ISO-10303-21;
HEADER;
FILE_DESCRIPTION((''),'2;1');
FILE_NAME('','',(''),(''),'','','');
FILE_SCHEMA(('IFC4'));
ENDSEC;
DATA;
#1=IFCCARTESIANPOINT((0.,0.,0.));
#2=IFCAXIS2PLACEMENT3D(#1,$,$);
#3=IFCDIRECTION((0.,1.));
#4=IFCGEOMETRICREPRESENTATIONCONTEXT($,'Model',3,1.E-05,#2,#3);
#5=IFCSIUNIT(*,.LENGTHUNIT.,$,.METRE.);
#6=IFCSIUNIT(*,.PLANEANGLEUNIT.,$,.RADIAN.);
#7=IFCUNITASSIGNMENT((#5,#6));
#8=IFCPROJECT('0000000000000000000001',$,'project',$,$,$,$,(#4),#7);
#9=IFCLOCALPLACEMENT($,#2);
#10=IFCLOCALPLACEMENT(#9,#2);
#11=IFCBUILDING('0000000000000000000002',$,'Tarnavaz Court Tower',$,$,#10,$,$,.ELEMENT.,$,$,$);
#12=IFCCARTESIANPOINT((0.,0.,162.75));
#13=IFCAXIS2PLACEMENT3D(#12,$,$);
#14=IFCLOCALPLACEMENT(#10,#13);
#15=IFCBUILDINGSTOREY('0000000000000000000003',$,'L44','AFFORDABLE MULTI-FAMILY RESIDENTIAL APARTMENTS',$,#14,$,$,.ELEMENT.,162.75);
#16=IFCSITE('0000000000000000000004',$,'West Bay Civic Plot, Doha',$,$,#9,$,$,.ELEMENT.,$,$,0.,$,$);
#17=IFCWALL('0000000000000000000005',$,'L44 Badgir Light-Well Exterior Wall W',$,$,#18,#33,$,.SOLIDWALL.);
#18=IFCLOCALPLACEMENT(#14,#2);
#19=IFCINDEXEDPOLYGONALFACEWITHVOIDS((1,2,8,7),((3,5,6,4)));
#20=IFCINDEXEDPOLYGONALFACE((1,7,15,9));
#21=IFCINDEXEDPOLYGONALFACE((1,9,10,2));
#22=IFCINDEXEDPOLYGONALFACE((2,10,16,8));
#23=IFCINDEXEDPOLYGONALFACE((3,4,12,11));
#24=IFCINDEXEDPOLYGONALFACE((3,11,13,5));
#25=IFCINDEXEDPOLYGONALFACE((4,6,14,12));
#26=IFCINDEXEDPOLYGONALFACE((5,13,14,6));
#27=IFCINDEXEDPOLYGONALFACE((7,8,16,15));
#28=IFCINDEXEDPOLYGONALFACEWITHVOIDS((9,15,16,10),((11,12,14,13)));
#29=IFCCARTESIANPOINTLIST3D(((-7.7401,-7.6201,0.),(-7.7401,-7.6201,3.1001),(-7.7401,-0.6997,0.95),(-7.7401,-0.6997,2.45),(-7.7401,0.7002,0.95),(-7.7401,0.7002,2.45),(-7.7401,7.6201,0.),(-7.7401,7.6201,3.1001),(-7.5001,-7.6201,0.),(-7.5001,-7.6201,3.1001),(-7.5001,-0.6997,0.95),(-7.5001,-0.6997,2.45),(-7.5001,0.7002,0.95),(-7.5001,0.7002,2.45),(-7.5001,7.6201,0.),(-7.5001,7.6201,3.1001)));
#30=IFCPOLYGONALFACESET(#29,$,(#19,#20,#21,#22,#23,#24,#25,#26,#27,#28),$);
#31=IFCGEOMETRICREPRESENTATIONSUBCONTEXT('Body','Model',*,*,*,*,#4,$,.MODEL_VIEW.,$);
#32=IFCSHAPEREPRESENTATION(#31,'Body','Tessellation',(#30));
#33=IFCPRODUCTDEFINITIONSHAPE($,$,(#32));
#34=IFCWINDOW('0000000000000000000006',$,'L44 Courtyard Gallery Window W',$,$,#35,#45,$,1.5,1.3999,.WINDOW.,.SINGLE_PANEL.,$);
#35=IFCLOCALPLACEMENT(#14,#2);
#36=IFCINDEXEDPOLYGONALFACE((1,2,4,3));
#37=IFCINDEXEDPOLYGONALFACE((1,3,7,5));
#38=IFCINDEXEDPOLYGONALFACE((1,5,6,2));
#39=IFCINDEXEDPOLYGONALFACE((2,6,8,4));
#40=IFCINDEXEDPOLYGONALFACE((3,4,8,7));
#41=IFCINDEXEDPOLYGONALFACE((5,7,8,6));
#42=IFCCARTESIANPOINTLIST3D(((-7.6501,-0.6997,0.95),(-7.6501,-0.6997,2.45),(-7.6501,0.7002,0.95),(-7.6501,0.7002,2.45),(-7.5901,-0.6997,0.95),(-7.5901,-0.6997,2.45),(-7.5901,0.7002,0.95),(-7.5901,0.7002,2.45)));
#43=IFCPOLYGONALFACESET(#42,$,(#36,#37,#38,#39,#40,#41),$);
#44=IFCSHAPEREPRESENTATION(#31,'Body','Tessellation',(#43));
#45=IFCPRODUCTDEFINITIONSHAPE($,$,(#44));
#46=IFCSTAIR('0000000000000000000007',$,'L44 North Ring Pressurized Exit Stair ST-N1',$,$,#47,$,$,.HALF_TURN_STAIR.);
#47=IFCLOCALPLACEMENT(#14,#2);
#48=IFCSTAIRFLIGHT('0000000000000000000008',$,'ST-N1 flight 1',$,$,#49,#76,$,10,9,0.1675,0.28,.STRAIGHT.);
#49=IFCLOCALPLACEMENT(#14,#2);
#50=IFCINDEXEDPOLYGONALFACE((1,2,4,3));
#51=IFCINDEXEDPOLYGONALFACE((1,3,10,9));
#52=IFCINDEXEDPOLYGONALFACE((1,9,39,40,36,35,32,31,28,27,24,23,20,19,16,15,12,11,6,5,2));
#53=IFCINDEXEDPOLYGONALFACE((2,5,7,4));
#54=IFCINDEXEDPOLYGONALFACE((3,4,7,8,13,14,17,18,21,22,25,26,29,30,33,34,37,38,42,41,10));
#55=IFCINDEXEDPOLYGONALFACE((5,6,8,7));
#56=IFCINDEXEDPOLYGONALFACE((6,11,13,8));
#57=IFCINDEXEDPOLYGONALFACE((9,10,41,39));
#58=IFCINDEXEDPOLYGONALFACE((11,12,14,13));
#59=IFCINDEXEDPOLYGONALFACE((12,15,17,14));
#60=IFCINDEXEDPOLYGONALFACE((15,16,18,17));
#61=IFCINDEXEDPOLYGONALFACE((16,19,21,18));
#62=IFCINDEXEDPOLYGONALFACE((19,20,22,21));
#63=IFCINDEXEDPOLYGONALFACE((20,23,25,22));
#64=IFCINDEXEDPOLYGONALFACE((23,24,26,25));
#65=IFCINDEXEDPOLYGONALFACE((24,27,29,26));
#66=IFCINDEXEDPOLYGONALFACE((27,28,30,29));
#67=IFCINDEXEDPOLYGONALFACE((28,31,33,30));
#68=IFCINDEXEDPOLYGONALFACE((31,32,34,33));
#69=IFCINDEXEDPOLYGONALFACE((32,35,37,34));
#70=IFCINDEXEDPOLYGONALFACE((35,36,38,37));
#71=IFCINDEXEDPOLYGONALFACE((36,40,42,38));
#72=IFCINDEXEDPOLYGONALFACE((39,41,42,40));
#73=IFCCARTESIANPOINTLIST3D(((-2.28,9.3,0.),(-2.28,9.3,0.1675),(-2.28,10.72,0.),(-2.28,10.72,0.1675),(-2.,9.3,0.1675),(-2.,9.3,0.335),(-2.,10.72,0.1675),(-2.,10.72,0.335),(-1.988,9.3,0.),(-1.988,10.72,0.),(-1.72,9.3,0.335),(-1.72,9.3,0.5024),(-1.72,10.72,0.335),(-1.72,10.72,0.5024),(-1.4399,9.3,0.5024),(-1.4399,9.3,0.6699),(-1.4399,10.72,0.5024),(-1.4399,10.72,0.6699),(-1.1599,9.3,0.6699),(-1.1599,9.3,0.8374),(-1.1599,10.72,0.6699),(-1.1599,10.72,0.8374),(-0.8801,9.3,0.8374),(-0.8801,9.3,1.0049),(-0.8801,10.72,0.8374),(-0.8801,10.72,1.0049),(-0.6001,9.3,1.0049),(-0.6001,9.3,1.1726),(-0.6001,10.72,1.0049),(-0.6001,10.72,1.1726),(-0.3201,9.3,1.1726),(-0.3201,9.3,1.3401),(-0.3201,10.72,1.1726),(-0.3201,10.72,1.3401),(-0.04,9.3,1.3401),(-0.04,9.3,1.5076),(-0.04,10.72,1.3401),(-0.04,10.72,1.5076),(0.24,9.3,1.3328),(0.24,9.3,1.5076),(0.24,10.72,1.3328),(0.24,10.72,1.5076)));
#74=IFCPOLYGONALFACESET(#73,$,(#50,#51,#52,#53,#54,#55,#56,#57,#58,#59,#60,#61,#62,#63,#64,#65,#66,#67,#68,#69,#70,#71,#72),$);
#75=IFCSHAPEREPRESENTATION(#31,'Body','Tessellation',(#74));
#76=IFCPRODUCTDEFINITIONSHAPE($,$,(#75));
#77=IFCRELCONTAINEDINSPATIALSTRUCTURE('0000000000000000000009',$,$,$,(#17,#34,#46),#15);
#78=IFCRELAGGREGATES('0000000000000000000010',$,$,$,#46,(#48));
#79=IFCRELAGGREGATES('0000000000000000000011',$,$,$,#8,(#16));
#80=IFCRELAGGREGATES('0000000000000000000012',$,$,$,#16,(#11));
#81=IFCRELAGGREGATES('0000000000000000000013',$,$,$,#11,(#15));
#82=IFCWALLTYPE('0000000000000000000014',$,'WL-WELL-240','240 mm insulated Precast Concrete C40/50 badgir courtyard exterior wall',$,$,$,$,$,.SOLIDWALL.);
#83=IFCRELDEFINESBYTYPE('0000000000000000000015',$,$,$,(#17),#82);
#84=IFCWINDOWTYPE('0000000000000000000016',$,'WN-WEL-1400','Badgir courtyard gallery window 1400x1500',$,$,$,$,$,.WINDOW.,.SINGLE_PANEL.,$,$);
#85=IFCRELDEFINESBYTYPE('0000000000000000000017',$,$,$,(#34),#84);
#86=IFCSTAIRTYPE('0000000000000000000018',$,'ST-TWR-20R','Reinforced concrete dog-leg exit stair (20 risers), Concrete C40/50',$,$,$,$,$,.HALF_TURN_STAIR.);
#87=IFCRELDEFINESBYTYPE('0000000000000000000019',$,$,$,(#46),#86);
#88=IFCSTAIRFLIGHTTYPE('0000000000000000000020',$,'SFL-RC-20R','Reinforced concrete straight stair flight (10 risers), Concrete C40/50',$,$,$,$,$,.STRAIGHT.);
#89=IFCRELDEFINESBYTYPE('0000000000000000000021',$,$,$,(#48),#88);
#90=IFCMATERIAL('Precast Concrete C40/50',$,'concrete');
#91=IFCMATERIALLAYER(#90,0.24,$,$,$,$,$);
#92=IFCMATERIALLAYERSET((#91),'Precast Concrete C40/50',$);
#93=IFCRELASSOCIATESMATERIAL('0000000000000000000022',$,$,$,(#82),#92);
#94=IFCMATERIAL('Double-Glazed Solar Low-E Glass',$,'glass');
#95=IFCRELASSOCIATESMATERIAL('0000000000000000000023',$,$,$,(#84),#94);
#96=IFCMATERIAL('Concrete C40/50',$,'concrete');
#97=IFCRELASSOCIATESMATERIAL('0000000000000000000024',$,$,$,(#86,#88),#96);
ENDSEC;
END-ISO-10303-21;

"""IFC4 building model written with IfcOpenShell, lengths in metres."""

from ifc_helpers import new_model, si_unit, direction, frame, frame_2d, origin, place, context, subcontext, project, spatial, polyline, rectangle, outline, extrude, material, layer, layer_set, type_object, element, fill, aggregate, save


model = new_model("IFC4")

# Units and contexts
model_context = context("Model", 3, precision=1e-05, world=origin(), true_north=direction((0.0, 1.0)))
body_context = subcontext(model_context, "Body", "Model", "MODEL_VIEW")
ifc_project = project(units=[si_unit("LENGTHUNIT", "METRE"), si_unit("PLANEANGLEUNIT", "RADIAN")], contexts=[model_context])

# Site, building, storey
site_placement = place(None, origin())
site = spatial("IfcSite", under=ifc_project, at=site_placement, Name="West Bay Civic Plot, Doha", CompositionType="ELEMENT", RefElevation=0.0)
building_placement = place(site_placement, origin())
building = spatial("IfcBuilding", under=site, at=building_placement, Name="Tarnavaz Court Tower", CompositionType="ELEMENT")
storey_placement = place(building_placement, frame((0.0, 0.0, 162.75)))
storey = spatial("IfcBuildingStorey", under=building, at=storey_placement, Name="L44", Description="AFFORDABLE MULTI-FAMILY RESIDENTIAL APARTMENTS", CompositionType="ELEMENT", Elevation=162.75)

# Wall, opening, window
ifc_material_1 = material(Name="Precast Concrete C40/50", Category="concrete")
ifc_layer_1 = layer(ifc_material_1, 0.24)
ifc_layer_set_1 = layer_set([ifc_layer_1], Name="Precast Concrete C40/50")
wall_type_1 = type_object("IfcWallType", Name="WL-WELL-240", Description="240 mm insulated Precast Concrete C40/50 badgir courtyard exterior wall", PredefinedType="SOLIDWALL", material=ifc_layer_set_1)
wall_1_placement = place(storey_placement, frame((-7.6201, 7.6201, 0.0), z_axis=(0.0, 0.0, 1.0), x_axis=(0.0, -1.0, 0.0)))
wall_1 = element("IfcWall", 1, at=wall_1_placement, inside=storey, type_object=wall_type_1, Name="L44 Badgir Light-Well Exterior Wall W", PredefinedType="SOLIDWALL", context=body_context, shape_type="SweptSolid", body=[
    extrude(rectangle(XDim=15.2402, YDim=0.24, at=frame_2d((7.6201, 0.0))), origin(), (0.0, 0.0, 1.0), 3.1001),
])
opening_1_placement = place(wall_1_placement, frame((6.9199, 0.0, 0.95)))
opening_1 = element("IfcOpeningElement", 2, at=opening_1_placement, cuts=wall_1, PredefinedType="OPENING", context=body_context, shape_type="SweptSolid", body=[
    extrude(rectangle(XDim=1.3999, YDim=1.5, at=frame_2d((0.7, 0.75))), frame((0.0, 0.1299, 0.0), z_axis=(0.0, -1.0, 0.0), x_axis=(1.0, 0.0, 0.0)), (0.0, 0.0, 1.0), 0.26),
])
ifc_material_2 = material(Name="Double-Glazed Solar Low-E Glass", Category="glass")
window_type = type_object("IfcWindowType", Name="WN-WEL-1400", Description="Badgir courtyard gallery window 1400x1500", PartitioningType="SINGLE_PANEL", PredefinedType="WINDOW", material=ifc_material_2)
window_placement = place(opening_1_placement, origin())
window = element("IfcWindow", 3, at=window_placement, inside=storey, type_object=window_type, Name="L44 Courtyard Gallery Window W", OverallHeight=1.5, OverallWidth=1.3999, PartitioningType="SINGLE_PANEL", PredefinedType="WINDOW", context=body_context, shape_type="SweptSolid", body=[
    extrude(rectangle(XDim=1.3999, YDim=1.5, at=frame_2d((0.7, 0.75))), frame((0.0, 0.03, 0.0), z_axis=(0.0, -1.0, 0.0), x_axis=(1.0, 0.0, 0.0)), (0.0, 0.0, 1.0), 0.0601),
])
fill(opening_1, window)

# Stair, stair flight
ifc_material_3 = material(Name="Concrete C40/50", Category="concrete")
stair_type = type_object("IfcStairType", Name="ST-TWR-20R", Description="Reinforced concrete dog-leg exit stair (20 risers), Concrete C40/50", PredefinedType="HALF_TURN_STAIR", material=ifc_material_3)
stair_placement = place(storey_placement, origin())
stair = element("IfcStair", 4, at=stair_placement, inside=storey, type_object=stair_type, Name="L44 North Ring Pressurized Exit Stair ST-N1", PredefinedType="HALF_TURN_STAIR")
stair_flight_type = type_object("IfcStairFlightType", Name="SFL-RC-20R", Description="Reinforced concrete straight stair flight (10 risers), Concrete C40/50", PredefinedType="STRAIGHT", material=ifc_material_3)
stair_flight_placement = place(storey_placement, frame((-2.28, 10.01, 0.0), z_axis=(0.0, 0.0, 1.0), x_axis=(1.0, 0.0, 0.0)))
stair_flight = element("IfcStairFlight", 5, at=stair_flight_placement, type_object=stair_flight_type, Name="ST-N1 flight 1", NumberOfRisers=10, NumberOfTreads=9, PredefinedType="STRAIGHT", RiserHeight=0.1675, TreadLength=0.28, context=body_context, shape_type="SweptSolid", body=[
    extrude(outline(polyline([(0.0, 0.0), (0.0, 0.1675), (0.28, 0.1675), (0.28, 0.335), (0.5601, 0.335), (0.5601, 0.5024), (0.8401, 0.5024), (0.8401, 0.6699), (1.1201, 0.6699), (1.1201, 0.8374), (1.3999, 0.8374), (1.3999, 1.0049), (1.6799, 1.0049), (1.6799, 1.1726), (1.96, 1.1726), (1.96, 1.3401), (2.24, 1.3401), (2.24, 1.5076), (2.52, 1.5076), (2.52, 1.675), (2.52, 1.3328), (0.292, 0.0), (0.0, 0.0)])), frame((0.0, 0.71, 0.0), z_axis=(0.0, -1.0, 0.0), x_axis=(1.0, 0.0, 0.0)), (0.0, 0.0, 1.0), 1.4199),
])
aggregate(stair, [stair_flight])

save(model, "model.ifc")
